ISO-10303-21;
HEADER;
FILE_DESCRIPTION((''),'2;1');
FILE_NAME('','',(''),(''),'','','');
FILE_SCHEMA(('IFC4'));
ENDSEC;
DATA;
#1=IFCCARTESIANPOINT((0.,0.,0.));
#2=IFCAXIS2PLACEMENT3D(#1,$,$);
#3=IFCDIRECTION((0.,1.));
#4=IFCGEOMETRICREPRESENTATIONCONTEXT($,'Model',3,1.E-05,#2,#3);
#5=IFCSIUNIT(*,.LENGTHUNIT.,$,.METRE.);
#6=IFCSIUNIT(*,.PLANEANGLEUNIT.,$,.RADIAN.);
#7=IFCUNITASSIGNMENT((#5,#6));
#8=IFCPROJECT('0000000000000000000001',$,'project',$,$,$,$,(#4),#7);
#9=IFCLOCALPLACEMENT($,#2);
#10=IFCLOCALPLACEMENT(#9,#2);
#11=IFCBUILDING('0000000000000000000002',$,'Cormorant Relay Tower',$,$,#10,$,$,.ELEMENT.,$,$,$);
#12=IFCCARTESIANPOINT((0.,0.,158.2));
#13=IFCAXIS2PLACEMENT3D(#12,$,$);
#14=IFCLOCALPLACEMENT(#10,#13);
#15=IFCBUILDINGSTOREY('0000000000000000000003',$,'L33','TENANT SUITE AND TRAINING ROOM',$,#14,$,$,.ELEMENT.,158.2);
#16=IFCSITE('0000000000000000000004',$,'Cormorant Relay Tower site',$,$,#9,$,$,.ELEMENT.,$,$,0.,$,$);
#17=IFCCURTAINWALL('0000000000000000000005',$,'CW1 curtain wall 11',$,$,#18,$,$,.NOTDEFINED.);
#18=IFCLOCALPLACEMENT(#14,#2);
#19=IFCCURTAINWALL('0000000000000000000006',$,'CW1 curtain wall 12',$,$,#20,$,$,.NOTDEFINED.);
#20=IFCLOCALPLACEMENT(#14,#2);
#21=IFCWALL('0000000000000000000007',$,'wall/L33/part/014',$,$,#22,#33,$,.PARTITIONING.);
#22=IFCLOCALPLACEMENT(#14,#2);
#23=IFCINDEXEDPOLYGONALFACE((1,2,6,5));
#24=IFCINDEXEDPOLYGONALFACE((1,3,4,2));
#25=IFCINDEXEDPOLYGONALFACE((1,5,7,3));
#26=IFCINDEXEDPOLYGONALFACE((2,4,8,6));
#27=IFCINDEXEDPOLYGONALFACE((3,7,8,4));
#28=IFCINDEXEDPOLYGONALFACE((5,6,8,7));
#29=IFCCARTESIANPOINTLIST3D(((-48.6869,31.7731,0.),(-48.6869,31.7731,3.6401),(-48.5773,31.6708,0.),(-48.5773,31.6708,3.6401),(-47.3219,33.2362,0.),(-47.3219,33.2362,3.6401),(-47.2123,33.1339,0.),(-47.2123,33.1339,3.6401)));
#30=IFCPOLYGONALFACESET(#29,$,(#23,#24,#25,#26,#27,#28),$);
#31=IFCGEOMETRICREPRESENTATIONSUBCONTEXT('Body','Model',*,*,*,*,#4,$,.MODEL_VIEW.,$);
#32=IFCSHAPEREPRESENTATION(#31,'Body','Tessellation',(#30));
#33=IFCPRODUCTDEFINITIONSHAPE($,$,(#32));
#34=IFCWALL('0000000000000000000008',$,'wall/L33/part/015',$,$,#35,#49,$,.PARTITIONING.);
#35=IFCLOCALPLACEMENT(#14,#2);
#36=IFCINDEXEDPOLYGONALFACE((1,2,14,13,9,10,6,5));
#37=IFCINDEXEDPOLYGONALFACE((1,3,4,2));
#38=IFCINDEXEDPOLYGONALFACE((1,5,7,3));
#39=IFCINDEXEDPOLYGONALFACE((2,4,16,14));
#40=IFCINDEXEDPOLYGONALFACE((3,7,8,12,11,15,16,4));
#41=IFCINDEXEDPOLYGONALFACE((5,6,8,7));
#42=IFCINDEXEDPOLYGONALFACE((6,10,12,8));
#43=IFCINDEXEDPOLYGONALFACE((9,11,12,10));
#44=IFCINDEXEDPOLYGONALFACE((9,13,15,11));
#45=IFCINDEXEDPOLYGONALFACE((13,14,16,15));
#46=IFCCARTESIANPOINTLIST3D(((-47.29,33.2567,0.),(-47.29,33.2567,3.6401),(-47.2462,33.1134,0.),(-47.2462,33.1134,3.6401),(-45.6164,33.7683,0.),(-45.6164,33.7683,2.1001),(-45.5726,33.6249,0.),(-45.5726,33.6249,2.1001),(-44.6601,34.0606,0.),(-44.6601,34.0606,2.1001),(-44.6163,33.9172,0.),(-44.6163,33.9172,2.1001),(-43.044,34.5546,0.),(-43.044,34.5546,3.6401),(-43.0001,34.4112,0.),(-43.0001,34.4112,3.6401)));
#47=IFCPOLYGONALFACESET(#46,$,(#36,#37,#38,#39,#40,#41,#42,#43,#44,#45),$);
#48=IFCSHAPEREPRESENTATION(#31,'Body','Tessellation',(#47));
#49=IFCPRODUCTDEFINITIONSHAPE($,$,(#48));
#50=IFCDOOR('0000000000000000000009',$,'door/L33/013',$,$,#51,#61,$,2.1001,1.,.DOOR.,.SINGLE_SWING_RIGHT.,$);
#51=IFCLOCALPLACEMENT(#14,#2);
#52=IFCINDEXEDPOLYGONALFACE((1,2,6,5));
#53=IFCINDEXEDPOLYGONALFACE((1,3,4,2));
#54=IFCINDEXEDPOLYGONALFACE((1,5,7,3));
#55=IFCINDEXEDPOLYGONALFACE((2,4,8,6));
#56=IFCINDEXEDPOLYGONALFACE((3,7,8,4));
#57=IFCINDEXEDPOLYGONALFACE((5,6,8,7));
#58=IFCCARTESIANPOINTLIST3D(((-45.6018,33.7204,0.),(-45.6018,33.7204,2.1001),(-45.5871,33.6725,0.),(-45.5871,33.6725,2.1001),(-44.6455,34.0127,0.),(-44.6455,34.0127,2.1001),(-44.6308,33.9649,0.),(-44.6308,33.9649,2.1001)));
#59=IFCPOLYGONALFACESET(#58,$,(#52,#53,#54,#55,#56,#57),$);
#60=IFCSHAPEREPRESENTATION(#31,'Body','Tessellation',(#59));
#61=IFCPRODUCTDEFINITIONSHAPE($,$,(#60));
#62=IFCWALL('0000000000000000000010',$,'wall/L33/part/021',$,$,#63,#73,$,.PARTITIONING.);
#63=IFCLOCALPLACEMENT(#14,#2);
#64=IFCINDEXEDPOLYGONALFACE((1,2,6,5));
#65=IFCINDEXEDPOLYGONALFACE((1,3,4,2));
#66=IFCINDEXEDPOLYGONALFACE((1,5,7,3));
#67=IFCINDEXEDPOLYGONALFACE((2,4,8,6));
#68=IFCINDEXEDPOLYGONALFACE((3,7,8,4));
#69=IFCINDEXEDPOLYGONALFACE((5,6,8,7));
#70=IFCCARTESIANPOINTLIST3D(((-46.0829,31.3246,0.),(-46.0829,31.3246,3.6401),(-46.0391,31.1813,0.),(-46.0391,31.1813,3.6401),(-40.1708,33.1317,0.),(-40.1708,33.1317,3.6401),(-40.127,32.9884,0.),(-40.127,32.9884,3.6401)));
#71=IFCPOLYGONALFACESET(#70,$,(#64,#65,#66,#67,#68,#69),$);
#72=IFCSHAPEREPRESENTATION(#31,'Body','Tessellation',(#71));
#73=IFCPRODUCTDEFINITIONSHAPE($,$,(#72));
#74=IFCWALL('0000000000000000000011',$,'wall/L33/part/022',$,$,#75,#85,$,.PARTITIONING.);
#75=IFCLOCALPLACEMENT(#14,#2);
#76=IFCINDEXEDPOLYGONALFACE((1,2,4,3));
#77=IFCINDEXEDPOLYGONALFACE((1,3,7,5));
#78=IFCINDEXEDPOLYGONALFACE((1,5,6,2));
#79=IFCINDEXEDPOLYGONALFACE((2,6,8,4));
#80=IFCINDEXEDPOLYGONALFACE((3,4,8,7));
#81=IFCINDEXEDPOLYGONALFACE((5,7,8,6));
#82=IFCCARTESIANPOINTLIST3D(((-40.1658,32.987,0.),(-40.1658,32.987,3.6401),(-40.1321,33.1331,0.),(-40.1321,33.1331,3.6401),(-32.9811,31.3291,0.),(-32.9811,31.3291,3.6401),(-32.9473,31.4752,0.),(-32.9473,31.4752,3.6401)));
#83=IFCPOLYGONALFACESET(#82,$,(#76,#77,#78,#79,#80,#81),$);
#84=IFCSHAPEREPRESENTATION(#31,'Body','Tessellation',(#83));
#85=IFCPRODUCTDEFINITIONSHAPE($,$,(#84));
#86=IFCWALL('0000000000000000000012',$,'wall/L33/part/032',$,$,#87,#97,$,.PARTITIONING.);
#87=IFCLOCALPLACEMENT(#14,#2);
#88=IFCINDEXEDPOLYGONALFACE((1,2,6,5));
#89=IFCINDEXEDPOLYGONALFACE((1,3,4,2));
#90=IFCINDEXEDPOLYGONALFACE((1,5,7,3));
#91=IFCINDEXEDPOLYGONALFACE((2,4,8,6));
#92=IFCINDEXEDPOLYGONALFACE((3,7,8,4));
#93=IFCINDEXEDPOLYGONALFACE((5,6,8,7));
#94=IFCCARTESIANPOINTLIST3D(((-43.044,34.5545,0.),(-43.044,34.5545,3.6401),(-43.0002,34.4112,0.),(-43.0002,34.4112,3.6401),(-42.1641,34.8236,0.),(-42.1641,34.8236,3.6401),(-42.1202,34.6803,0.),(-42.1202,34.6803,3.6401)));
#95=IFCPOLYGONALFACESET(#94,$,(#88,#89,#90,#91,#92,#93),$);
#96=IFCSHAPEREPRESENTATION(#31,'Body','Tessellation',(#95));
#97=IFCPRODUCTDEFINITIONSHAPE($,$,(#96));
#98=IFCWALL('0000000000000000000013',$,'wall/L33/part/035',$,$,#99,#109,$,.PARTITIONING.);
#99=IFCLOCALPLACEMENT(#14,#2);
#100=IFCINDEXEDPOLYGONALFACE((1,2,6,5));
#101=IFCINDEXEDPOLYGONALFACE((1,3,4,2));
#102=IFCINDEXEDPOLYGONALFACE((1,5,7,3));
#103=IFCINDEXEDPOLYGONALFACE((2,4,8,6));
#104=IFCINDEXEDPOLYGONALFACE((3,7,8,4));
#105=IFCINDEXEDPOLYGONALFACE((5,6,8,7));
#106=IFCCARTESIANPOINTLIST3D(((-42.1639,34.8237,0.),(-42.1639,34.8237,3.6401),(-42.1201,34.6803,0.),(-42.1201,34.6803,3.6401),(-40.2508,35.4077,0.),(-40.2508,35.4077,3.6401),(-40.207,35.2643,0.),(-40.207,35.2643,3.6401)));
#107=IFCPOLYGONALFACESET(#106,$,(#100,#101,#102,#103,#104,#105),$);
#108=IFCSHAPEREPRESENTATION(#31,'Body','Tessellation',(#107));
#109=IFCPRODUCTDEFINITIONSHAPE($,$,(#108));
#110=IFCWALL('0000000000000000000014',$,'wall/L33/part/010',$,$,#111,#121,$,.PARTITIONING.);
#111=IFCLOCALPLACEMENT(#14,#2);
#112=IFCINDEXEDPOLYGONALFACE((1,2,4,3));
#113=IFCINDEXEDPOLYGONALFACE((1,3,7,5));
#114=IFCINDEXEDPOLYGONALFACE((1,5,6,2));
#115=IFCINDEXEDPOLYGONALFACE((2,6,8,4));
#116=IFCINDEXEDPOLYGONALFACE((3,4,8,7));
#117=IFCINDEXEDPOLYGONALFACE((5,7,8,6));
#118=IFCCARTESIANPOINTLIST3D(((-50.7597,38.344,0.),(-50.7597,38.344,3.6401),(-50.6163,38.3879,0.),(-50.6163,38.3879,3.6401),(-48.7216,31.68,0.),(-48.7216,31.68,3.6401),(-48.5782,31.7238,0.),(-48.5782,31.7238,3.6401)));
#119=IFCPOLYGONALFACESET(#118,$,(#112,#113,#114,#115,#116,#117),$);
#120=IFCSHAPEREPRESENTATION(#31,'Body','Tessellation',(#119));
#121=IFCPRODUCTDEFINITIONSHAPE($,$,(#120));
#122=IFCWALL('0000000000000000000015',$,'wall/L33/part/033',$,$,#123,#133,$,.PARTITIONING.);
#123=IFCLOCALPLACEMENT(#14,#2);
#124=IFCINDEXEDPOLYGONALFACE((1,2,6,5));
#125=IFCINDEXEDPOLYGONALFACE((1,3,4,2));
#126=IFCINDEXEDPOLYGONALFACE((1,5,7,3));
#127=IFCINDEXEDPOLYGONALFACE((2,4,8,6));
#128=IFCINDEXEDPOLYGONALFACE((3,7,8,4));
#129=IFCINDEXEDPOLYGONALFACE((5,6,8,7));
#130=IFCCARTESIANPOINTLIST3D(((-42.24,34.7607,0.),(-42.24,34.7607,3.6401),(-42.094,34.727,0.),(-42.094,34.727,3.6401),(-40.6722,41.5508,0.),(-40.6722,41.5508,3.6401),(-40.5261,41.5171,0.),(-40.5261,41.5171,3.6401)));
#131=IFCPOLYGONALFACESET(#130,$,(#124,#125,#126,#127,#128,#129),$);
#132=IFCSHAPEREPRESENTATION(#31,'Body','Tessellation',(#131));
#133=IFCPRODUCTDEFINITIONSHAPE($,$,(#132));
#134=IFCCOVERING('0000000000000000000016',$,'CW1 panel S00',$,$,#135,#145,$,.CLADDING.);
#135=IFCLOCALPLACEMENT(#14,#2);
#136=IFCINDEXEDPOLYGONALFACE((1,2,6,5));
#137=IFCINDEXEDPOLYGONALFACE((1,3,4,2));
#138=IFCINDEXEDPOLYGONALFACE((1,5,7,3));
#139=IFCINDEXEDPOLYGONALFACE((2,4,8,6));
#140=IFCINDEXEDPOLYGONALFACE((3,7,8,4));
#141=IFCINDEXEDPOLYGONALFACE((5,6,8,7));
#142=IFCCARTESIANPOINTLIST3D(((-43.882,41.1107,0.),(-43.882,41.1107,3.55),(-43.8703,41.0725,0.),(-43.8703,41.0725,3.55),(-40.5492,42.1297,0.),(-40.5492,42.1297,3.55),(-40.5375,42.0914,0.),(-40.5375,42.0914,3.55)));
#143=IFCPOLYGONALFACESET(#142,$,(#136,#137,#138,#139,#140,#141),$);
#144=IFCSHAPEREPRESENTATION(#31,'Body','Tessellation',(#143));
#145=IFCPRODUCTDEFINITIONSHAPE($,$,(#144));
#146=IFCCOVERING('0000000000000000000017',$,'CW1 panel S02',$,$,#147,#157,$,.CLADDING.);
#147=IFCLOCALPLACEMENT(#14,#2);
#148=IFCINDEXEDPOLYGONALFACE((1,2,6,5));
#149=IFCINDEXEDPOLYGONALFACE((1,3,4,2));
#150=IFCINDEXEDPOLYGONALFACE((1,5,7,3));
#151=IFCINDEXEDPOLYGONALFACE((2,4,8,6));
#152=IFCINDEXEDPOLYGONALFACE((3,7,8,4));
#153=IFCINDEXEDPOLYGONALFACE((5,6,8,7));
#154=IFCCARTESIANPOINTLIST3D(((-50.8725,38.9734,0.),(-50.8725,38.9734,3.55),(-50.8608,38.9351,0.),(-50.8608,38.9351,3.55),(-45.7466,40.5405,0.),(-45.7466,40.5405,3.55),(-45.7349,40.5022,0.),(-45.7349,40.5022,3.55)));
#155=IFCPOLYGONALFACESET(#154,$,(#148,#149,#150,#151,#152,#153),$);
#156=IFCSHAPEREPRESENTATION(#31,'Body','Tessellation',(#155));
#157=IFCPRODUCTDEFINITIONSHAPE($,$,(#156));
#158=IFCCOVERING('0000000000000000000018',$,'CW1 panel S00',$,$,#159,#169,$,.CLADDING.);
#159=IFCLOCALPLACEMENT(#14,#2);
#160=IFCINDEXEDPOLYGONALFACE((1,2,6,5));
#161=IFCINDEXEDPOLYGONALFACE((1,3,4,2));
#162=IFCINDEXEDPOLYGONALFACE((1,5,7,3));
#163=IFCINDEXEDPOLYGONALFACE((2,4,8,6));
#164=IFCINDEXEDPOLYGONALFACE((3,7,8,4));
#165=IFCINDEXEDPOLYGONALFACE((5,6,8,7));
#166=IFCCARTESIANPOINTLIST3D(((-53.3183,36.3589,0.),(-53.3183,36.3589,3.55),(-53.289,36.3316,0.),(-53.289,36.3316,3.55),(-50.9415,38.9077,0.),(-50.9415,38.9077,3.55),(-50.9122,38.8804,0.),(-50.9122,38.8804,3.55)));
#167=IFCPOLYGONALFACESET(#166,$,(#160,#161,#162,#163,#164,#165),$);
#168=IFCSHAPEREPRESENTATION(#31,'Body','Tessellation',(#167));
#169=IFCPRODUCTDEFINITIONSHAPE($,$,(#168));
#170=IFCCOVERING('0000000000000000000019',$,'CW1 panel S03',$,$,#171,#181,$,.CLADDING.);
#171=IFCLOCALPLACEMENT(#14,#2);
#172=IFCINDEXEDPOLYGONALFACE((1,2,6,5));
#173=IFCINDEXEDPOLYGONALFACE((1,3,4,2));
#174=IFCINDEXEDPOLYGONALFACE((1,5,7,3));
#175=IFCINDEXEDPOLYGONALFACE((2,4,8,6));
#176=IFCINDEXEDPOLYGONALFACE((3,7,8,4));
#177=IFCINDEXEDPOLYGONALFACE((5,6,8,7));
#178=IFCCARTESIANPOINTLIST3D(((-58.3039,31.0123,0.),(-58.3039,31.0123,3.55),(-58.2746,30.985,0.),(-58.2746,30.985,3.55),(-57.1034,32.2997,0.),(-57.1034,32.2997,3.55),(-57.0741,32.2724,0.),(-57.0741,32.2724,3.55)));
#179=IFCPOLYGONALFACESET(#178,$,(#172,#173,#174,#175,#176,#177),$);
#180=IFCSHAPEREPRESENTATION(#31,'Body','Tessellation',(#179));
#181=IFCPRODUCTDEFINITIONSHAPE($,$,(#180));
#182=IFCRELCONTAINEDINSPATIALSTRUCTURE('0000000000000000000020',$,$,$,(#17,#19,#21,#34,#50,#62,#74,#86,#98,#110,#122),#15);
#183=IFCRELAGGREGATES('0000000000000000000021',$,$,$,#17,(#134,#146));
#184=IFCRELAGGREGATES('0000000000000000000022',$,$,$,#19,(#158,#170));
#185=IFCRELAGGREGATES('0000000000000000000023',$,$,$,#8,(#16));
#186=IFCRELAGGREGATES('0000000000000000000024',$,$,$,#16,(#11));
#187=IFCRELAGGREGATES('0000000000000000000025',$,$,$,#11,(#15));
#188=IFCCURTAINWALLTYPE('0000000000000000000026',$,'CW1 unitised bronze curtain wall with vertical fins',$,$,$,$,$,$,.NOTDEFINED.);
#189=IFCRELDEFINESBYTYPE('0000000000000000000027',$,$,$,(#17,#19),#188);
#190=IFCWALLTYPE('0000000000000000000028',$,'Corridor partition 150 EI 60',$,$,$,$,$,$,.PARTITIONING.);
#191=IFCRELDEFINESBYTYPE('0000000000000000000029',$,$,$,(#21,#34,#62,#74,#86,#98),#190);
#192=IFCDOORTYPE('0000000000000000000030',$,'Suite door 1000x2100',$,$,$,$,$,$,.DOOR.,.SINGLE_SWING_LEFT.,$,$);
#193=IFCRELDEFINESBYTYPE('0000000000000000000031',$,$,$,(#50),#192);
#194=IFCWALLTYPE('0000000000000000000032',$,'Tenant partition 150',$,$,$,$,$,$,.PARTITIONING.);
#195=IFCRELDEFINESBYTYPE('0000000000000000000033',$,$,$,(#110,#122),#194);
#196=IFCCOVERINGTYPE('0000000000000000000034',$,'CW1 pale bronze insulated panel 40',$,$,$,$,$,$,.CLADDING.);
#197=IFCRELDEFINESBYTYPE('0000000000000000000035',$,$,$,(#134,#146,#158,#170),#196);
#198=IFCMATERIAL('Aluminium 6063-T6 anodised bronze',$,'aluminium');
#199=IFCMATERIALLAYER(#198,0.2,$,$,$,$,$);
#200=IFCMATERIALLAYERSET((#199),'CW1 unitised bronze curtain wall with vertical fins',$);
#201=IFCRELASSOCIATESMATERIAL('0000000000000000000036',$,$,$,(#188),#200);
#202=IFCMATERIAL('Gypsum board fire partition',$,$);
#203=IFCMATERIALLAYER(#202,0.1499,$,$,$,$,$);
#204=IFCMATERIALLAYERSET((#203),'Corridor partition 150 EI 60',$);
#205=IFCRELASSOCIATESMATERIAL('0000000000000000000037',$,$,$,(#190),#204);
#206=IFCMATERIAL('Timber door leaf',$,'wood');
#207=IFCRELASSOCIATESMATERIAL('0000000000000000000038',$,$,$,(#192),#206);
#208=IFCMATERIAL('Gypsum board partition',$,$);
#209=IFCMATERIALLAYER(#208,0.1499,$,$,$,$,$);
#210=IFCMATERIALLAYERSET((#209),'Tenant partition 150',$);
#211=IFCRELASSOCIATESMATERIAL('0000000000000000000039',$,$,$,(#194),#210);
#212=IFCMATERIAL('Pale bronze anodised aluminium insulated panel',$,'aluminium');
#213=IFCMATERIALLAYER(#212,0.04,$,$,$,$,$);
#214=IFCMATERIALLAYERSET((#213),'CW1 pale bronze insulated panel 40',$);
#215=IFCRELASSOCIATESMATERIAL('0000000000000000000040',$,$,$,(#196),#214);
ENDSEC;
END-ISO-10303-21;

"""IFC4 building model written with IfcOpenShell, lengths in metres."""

from ifc_helpers import new_model, si_unit, direction, frame, frame_2d, origin, origin_2d, place, context, subcontext, project, spatial, rectangle, extrude, material, layer, layer_set, type_object, element, fill, aggregate, save


model = new_model("IFC4")

# Units and contexts
model_context = context("Model", 3, precision=1e-05, world=origin(), true_north=direction((0.0, 1.0)))
body_context = subcontext(model_context, "Body", "Model", "MODEL_VIEW")
ifc_project = project(units=[si_unit("LENGTHUNIT", "METRE"), si_unit("PLANEANGLEUNIT", "RADIAN")], contexts=[model_context])

# Site, building, storey
site_placement = place(None, origin())
site = spatial("IfcSite", under=ifc_project, at=site_placement, Name="Cormorant Relay Tower site", CompositionType="ELEMENT", RefElevation=0.0)
building_placement = place(site_placement, origin())
building = spatial("IfcBuilding", under=site, at=building_placement, Name="Cormorant Relay Tower", CompositionType="ELEMENT")
storey_placement = place(building_placement, frame((0.0, 0.0, 158.2)))
storey = spatial("IfcBuildingStorey", under=building, at=storey_placement, Name="L33", Description="TENANT SUITE AND TRAINING ROOM", CompositionType="ELEMENT", Elevation=158.2)

# Curtain walls
ifc_material_1 = material(Name="Aluminium 6063-T6 anodised bronze", Category="aluminium")
ifc_layer_1 = layer(ifc_material_1, 0.2)
ifc_layer_set_1 = layer_set([ifc_layer_1], Name="CW1 unitised bronze curtain wall with vertical fins")
curtain_wall_type = type_object("IfcCurtainWallType", Name="CW1 unitised bronze curtain wall with vertical fins", PredefinedType="NOTDEFINED", material=ifc_layer_set_1)
curtain_wall_1_placement = place(storey_placement, origin())
curtain_wall_1 = element("IfcCurtainWall", 1, at=curtain_wall_1_placement, inside=storey, type_object=curtain_wall_type, Name="CW1 curtain wall 11", PredefinedType="NOTDEFINED")
curtain_wall_2_placement = place(storey_placement, origin())
curtain_wall_2 = element("IfcCurtainWall", 2, at=curtain_wall_2_placement, inside=storey, type_object=curtain_wall_type, Name="CW1 curtain wall 12", PredefinedType="NOTDEFINED")

# Wall
ifc_material_2 = material(Name="Gypsum board fire partition")
ifc_layer_2 = layer(ifc_material_2, 0.1499)
ifc_layer_set_2 = layer_set([ifc_layer_2], Name="Corridor partition 150 EI 60")
wall_type_1 = type_object("IfcWallType", Name="Corridor partition 150 EI 60", PredefinedType="PARTITIONING", material=ifc_layer_set_2)
wall_1_placement = place(storey_placement, frame((-47.2671, 33.1851, 0.0), z_axis=(0.0, 0.0, 1.0), x_axis=(-0.682157, -0.731205, 0.0)))
element("IfcWall", 3, at=wall_1_placement, inside=storey, type_object=wall_type_1, Name="wall/L33/part/014", PredefinedType="PARTITIONING", context=body_context, shape_type="SweptSolid", body=[
    extrude(rectangle(XDim=2.001, YDim=0.1499, at=frame_2d((1.0005, 0.0))), origin(), (0.0, 0.0, 1.0), 3.6401),
])

# Wall, opening, door
wall_2_placement = place(storey_placement, frame((-47.2681, 33.1851, 0.0), z_axis=(0.0, 0.0, 1.0), x_axis=(0.956324, 0.292308, 0.0)))
wall_2 = element("IfcWall", 4, at=wall_2_placement, inside=storey, type_object=wall_type_1, Name="wall/L33/part/015", PredefinedType="PARTITIONING", context=body_context, shape_type="SweptSolid", body=[
    extrude(rectangle(XDim=4.4399, YDim=0.1499, at=frame_2d((2.22, 0.0))), origin(), (0.0, 0.0, 1.0), 3.6401),
])
opening_placement = place(wall_2_placement, frame((1.75, 0.0, 0.0)))
opening = element("IfcOpeningElement", 5, at=opening_placement, cuts=wall_2, PredefinedType="OPENING", context=body_context, shape_type="SweptSolid", body=[
    extrude(rectangle(XDim=1.0, YDim=2.1001, at=frame_2d((0.5, 1.05))), frame((0.0, 0.085, 0.0), z_axis=(0.0, -1.0, 0.0), x_axis=(1.0, 0.0, 0.0)), (0.0, 0.0, 1.0), 0.1699),
])
ifc_material_3 = material(Name="Timber door leaf", Category="wood")
door_type = type_object("IfcDoorType", Name="Suite door 1000x2100", OperationType="SINGLE_SWING_LEFT", PredefinedType="DOOR", material=ifc_material_3)
door_placement = place(opening_placement, origin())
door = element("IfcDoor", 6, at=door_placement, inside=storey, type_object=door_type, Name="door/L33/013", OperationType="SINGLE_SWING_RIGHT", OverallHeight=2.1001, OverallWidth=1.0, PredefinedType="DOOR", context=body_context, shape_type="SweptSolid", body=[
    extrude(rectangle(XDim=1.0, YDim=2.1001, at=frame_2d((0.5, 1.05))), frame((0.0, 0.0249, 0.0), z_axis=(0.0, -1.0, 0.0), x_axis=(1.0, 0.0, 0.0)), (0.0, 0.0, 1.0), 0.05),
])
fill(opening, door)

# Walls
wall_3_placement = place(storey_placement, frame((-46.061, 31.2529, 0.0), z_axis=(0.0, 0.0, 1.0), x_axis=(0.956322, 0.292315, 0.0)))
element("IfcWall", 7, at=wall_3_placement, inside=storey, type_object=wall_type_1, Name="wall/L33/part/021", PredefinedType="PARTITIONING", context=body_context, shape_type="SweptSolid", body=[
    extrude(rectangle(XDim=6.1821, YDim=0.1499, at=frame_2d((3.0911, 0.0))), origin(), (0.0, 0.0, 1.0), 3.6401),
])
wall_4_placement = place(storey_placement, frame((-40.1489, 33.0601, 0.0), z_axis=(0.0, 0.0, 1.0), x_axis=(0.974393, -0.22485, 0.0)))
element("IfcWall", 8, at=wall_4_placement, inside=storey, type_object=wall_type_1, Name="wall/L33/part/022", PredefinedType="PARTITIONING", context=body_context, shape_type="SweptSolid", body=[
    extrude(rectangle(XDim=7.3735, YDim=0.1499, at=frame_2d((3.6868, 0.0))), origin(), (0.0, 0.0, 1.0), 3.6401),
])
wall_5_placement = place(storey_placement, frame((-43.022, 34.4829, 0.0), z_axis=(0.0, 0.0, 1.0), x_axis=(0.956294, 0.292407, 0.0)))
element("IfcWall", 9, at=wall_5_placement, inside=storey, type_object=wall_type_1, Name="wall/L33/part/032", PredefinedType="PARTITIONING", context=body_context, shape_type="SweptSolid", body=[
    extrude(rectangle(XDim=0.9202, YDim=0.1499, at=frame_2d((0.46, 0.0))), origin(), (0.0, 0.0, 1.0), 3.6401),
])
wall_6_placement = place(storey_placement, frame((-40.229, 35.3359, 0.0), z_axis=(0.0, 0.0, 1.0), x_axis=(-0.956431, -0.291958, 0.0)))
element("IfcWall", 10, at=wall_6_placement, inside=storey, type_object=wall_type_1, Name="wall/L33/part/035", PredefinedType="PARTITIONING", context=body_context, shape_type="SweptSolid", body=[
    extrude(rectangle(XDim=2.0002, YDim=0.1499, at=frame_2d((1.0, 0.0))), origin(), (0.0, 0.0, 1.0), 3.6401),
])
ifc_material_4 = material(Name="Gypsum board partition")
ifc_layer_3 = layer(ifc_material_4, 0.1499)
ifc_layer_set_3 = layer_set([ifc_layer_3], Name="Tenant partition 150")
wall_type_2 = type_object("IfcWallType", Name="Tenant partition 150", PredefinedType="PARTITIONING", material=ifc_layer_set_3)
for number, where, z_axis, x_axis, name in (
    (11, (-50.688, 38.366, 0.0), (0.0, 0.0, 1.0), (0.292461, -0.956278, 0.0), "wall/L33/part/010"),
    (12, (-40.5991, 41.5339, 0.0), (0.0, 0.0, 1.0), (-0.224987, -0.974362, 0.0), "wall/L33/part/033"),
):
    element("IfcWall", number, at=place(storey_placement, frame(where, z_axis=z_axis, x_axis=x_axis)), inside=storey, type_object=wall_type_2, Name=name, PredefinedType="PARTITIONING", context=body_context, shape_type="SweptSolid", body=[
        extrude(rectangle(XDim=6.9688, YDim=0.1499, at=frame_2d((3.4844, 0.0))), origin(), (0.0, 0.0, 1.0), 3.6401),
    ])

# Coverings
ifc_material_5 = material(Name="Pale bronze anodised aluminium insulated panel", Category="aluminium")
ifc_layer_4 = layer(ifc_material_5, 0.04)
ifc_layer_set_4 = layer_set([ifc_layer_4], Name="CW1 pale bronze insulated panel 40")
covering_type = type_object("IfcCoveringType", Name="CW1 pale bronze insulated panel 40", PredefinedType="CLADDING", material=ifc_layer_set_4)
covering_1_placement = place(storey_placement, frame((-42.2097, 41.6011, 0.0), z_axis=(0.0, 0.0, 1.0), x_axis=(-0.956305, -0.292372, 0.0)))
covering_1 = element("IfcCovering", 13, at=covering_1_placement, type_object=covering_type, Name="CW1 panel S00", PredefinedType="CLADDING", context=body_context, shape_type="SweptSolid", body=[
    extrude(rectangle(XDim=3.4851, YDim=0.04, at=origin_2d()), origin(), (0.0, 0.0, 1.0), 3.55),
])
covering_2_placement = place(storey_placement, frame((-48.3037, 39.7378, 0.0), z_axis=(0.0, 0.0, 1.0), x_axis=(-0.956305, -0.292372, 0.0)))
covering_2 = element("IfcCovering", 14, at=covering_2_placement, type_object=covering_type, Name="CW1 panel S02", PredefinedType="CLADDING", context=body_context, shape_type="SweptSolid", body=[
    extrude(rectangle(XDim=5.3601, YDim=0.04, at=origin_2d()), origin(), (0.0, 0.0, 1.0), 3.55),
])
aggregate(curtain_wall_1, [covering_1, covering_2])
covering_3_placement = place(storey_placement, frame((-52.1152, 37.6196, 0.0), z_axis=(0.0, 0.0, 1.0), x_axis=(-0.681998, -0.731354, 0.0)))
covering_3 = element("IfcCovering", 15, at=covering_3_placement, type_object=covering_type, Name="CW1 panel S00", PredefinedType="CLADDING", context=body_context, shape_type="SweptSolid", body=[
    extrude(rectangle(XDim=3.4851, YDim=0.04, at=origin_2d()), origin(), (0.0, 0.0, 1.0), 3.55),
])
covering_4_placement = place(storey_placement, frame((-57.689, 31.6423, 0.0), z_axis=(0.0, 0.0, 1.0), x_axis=(-0.681998, -0.731354, 0.0)))
covering_4 = element("IfcCovering", 16, at=covering_4_placement, type_object=covering_type, Name="CW1 panel S03", PredefinedType="CLADDING", context=body_context, shape_type="SweptSolid", body=[
    extrude(rectangle(XDim=1.7603, YDim=0.04, at=origin_2d()), origin(), (0.0, 0.0, 1.0), 3.55),
])
aggregate(curtain_wall_2, [covering_3, covering_4])

save(model, "model.ifc")
